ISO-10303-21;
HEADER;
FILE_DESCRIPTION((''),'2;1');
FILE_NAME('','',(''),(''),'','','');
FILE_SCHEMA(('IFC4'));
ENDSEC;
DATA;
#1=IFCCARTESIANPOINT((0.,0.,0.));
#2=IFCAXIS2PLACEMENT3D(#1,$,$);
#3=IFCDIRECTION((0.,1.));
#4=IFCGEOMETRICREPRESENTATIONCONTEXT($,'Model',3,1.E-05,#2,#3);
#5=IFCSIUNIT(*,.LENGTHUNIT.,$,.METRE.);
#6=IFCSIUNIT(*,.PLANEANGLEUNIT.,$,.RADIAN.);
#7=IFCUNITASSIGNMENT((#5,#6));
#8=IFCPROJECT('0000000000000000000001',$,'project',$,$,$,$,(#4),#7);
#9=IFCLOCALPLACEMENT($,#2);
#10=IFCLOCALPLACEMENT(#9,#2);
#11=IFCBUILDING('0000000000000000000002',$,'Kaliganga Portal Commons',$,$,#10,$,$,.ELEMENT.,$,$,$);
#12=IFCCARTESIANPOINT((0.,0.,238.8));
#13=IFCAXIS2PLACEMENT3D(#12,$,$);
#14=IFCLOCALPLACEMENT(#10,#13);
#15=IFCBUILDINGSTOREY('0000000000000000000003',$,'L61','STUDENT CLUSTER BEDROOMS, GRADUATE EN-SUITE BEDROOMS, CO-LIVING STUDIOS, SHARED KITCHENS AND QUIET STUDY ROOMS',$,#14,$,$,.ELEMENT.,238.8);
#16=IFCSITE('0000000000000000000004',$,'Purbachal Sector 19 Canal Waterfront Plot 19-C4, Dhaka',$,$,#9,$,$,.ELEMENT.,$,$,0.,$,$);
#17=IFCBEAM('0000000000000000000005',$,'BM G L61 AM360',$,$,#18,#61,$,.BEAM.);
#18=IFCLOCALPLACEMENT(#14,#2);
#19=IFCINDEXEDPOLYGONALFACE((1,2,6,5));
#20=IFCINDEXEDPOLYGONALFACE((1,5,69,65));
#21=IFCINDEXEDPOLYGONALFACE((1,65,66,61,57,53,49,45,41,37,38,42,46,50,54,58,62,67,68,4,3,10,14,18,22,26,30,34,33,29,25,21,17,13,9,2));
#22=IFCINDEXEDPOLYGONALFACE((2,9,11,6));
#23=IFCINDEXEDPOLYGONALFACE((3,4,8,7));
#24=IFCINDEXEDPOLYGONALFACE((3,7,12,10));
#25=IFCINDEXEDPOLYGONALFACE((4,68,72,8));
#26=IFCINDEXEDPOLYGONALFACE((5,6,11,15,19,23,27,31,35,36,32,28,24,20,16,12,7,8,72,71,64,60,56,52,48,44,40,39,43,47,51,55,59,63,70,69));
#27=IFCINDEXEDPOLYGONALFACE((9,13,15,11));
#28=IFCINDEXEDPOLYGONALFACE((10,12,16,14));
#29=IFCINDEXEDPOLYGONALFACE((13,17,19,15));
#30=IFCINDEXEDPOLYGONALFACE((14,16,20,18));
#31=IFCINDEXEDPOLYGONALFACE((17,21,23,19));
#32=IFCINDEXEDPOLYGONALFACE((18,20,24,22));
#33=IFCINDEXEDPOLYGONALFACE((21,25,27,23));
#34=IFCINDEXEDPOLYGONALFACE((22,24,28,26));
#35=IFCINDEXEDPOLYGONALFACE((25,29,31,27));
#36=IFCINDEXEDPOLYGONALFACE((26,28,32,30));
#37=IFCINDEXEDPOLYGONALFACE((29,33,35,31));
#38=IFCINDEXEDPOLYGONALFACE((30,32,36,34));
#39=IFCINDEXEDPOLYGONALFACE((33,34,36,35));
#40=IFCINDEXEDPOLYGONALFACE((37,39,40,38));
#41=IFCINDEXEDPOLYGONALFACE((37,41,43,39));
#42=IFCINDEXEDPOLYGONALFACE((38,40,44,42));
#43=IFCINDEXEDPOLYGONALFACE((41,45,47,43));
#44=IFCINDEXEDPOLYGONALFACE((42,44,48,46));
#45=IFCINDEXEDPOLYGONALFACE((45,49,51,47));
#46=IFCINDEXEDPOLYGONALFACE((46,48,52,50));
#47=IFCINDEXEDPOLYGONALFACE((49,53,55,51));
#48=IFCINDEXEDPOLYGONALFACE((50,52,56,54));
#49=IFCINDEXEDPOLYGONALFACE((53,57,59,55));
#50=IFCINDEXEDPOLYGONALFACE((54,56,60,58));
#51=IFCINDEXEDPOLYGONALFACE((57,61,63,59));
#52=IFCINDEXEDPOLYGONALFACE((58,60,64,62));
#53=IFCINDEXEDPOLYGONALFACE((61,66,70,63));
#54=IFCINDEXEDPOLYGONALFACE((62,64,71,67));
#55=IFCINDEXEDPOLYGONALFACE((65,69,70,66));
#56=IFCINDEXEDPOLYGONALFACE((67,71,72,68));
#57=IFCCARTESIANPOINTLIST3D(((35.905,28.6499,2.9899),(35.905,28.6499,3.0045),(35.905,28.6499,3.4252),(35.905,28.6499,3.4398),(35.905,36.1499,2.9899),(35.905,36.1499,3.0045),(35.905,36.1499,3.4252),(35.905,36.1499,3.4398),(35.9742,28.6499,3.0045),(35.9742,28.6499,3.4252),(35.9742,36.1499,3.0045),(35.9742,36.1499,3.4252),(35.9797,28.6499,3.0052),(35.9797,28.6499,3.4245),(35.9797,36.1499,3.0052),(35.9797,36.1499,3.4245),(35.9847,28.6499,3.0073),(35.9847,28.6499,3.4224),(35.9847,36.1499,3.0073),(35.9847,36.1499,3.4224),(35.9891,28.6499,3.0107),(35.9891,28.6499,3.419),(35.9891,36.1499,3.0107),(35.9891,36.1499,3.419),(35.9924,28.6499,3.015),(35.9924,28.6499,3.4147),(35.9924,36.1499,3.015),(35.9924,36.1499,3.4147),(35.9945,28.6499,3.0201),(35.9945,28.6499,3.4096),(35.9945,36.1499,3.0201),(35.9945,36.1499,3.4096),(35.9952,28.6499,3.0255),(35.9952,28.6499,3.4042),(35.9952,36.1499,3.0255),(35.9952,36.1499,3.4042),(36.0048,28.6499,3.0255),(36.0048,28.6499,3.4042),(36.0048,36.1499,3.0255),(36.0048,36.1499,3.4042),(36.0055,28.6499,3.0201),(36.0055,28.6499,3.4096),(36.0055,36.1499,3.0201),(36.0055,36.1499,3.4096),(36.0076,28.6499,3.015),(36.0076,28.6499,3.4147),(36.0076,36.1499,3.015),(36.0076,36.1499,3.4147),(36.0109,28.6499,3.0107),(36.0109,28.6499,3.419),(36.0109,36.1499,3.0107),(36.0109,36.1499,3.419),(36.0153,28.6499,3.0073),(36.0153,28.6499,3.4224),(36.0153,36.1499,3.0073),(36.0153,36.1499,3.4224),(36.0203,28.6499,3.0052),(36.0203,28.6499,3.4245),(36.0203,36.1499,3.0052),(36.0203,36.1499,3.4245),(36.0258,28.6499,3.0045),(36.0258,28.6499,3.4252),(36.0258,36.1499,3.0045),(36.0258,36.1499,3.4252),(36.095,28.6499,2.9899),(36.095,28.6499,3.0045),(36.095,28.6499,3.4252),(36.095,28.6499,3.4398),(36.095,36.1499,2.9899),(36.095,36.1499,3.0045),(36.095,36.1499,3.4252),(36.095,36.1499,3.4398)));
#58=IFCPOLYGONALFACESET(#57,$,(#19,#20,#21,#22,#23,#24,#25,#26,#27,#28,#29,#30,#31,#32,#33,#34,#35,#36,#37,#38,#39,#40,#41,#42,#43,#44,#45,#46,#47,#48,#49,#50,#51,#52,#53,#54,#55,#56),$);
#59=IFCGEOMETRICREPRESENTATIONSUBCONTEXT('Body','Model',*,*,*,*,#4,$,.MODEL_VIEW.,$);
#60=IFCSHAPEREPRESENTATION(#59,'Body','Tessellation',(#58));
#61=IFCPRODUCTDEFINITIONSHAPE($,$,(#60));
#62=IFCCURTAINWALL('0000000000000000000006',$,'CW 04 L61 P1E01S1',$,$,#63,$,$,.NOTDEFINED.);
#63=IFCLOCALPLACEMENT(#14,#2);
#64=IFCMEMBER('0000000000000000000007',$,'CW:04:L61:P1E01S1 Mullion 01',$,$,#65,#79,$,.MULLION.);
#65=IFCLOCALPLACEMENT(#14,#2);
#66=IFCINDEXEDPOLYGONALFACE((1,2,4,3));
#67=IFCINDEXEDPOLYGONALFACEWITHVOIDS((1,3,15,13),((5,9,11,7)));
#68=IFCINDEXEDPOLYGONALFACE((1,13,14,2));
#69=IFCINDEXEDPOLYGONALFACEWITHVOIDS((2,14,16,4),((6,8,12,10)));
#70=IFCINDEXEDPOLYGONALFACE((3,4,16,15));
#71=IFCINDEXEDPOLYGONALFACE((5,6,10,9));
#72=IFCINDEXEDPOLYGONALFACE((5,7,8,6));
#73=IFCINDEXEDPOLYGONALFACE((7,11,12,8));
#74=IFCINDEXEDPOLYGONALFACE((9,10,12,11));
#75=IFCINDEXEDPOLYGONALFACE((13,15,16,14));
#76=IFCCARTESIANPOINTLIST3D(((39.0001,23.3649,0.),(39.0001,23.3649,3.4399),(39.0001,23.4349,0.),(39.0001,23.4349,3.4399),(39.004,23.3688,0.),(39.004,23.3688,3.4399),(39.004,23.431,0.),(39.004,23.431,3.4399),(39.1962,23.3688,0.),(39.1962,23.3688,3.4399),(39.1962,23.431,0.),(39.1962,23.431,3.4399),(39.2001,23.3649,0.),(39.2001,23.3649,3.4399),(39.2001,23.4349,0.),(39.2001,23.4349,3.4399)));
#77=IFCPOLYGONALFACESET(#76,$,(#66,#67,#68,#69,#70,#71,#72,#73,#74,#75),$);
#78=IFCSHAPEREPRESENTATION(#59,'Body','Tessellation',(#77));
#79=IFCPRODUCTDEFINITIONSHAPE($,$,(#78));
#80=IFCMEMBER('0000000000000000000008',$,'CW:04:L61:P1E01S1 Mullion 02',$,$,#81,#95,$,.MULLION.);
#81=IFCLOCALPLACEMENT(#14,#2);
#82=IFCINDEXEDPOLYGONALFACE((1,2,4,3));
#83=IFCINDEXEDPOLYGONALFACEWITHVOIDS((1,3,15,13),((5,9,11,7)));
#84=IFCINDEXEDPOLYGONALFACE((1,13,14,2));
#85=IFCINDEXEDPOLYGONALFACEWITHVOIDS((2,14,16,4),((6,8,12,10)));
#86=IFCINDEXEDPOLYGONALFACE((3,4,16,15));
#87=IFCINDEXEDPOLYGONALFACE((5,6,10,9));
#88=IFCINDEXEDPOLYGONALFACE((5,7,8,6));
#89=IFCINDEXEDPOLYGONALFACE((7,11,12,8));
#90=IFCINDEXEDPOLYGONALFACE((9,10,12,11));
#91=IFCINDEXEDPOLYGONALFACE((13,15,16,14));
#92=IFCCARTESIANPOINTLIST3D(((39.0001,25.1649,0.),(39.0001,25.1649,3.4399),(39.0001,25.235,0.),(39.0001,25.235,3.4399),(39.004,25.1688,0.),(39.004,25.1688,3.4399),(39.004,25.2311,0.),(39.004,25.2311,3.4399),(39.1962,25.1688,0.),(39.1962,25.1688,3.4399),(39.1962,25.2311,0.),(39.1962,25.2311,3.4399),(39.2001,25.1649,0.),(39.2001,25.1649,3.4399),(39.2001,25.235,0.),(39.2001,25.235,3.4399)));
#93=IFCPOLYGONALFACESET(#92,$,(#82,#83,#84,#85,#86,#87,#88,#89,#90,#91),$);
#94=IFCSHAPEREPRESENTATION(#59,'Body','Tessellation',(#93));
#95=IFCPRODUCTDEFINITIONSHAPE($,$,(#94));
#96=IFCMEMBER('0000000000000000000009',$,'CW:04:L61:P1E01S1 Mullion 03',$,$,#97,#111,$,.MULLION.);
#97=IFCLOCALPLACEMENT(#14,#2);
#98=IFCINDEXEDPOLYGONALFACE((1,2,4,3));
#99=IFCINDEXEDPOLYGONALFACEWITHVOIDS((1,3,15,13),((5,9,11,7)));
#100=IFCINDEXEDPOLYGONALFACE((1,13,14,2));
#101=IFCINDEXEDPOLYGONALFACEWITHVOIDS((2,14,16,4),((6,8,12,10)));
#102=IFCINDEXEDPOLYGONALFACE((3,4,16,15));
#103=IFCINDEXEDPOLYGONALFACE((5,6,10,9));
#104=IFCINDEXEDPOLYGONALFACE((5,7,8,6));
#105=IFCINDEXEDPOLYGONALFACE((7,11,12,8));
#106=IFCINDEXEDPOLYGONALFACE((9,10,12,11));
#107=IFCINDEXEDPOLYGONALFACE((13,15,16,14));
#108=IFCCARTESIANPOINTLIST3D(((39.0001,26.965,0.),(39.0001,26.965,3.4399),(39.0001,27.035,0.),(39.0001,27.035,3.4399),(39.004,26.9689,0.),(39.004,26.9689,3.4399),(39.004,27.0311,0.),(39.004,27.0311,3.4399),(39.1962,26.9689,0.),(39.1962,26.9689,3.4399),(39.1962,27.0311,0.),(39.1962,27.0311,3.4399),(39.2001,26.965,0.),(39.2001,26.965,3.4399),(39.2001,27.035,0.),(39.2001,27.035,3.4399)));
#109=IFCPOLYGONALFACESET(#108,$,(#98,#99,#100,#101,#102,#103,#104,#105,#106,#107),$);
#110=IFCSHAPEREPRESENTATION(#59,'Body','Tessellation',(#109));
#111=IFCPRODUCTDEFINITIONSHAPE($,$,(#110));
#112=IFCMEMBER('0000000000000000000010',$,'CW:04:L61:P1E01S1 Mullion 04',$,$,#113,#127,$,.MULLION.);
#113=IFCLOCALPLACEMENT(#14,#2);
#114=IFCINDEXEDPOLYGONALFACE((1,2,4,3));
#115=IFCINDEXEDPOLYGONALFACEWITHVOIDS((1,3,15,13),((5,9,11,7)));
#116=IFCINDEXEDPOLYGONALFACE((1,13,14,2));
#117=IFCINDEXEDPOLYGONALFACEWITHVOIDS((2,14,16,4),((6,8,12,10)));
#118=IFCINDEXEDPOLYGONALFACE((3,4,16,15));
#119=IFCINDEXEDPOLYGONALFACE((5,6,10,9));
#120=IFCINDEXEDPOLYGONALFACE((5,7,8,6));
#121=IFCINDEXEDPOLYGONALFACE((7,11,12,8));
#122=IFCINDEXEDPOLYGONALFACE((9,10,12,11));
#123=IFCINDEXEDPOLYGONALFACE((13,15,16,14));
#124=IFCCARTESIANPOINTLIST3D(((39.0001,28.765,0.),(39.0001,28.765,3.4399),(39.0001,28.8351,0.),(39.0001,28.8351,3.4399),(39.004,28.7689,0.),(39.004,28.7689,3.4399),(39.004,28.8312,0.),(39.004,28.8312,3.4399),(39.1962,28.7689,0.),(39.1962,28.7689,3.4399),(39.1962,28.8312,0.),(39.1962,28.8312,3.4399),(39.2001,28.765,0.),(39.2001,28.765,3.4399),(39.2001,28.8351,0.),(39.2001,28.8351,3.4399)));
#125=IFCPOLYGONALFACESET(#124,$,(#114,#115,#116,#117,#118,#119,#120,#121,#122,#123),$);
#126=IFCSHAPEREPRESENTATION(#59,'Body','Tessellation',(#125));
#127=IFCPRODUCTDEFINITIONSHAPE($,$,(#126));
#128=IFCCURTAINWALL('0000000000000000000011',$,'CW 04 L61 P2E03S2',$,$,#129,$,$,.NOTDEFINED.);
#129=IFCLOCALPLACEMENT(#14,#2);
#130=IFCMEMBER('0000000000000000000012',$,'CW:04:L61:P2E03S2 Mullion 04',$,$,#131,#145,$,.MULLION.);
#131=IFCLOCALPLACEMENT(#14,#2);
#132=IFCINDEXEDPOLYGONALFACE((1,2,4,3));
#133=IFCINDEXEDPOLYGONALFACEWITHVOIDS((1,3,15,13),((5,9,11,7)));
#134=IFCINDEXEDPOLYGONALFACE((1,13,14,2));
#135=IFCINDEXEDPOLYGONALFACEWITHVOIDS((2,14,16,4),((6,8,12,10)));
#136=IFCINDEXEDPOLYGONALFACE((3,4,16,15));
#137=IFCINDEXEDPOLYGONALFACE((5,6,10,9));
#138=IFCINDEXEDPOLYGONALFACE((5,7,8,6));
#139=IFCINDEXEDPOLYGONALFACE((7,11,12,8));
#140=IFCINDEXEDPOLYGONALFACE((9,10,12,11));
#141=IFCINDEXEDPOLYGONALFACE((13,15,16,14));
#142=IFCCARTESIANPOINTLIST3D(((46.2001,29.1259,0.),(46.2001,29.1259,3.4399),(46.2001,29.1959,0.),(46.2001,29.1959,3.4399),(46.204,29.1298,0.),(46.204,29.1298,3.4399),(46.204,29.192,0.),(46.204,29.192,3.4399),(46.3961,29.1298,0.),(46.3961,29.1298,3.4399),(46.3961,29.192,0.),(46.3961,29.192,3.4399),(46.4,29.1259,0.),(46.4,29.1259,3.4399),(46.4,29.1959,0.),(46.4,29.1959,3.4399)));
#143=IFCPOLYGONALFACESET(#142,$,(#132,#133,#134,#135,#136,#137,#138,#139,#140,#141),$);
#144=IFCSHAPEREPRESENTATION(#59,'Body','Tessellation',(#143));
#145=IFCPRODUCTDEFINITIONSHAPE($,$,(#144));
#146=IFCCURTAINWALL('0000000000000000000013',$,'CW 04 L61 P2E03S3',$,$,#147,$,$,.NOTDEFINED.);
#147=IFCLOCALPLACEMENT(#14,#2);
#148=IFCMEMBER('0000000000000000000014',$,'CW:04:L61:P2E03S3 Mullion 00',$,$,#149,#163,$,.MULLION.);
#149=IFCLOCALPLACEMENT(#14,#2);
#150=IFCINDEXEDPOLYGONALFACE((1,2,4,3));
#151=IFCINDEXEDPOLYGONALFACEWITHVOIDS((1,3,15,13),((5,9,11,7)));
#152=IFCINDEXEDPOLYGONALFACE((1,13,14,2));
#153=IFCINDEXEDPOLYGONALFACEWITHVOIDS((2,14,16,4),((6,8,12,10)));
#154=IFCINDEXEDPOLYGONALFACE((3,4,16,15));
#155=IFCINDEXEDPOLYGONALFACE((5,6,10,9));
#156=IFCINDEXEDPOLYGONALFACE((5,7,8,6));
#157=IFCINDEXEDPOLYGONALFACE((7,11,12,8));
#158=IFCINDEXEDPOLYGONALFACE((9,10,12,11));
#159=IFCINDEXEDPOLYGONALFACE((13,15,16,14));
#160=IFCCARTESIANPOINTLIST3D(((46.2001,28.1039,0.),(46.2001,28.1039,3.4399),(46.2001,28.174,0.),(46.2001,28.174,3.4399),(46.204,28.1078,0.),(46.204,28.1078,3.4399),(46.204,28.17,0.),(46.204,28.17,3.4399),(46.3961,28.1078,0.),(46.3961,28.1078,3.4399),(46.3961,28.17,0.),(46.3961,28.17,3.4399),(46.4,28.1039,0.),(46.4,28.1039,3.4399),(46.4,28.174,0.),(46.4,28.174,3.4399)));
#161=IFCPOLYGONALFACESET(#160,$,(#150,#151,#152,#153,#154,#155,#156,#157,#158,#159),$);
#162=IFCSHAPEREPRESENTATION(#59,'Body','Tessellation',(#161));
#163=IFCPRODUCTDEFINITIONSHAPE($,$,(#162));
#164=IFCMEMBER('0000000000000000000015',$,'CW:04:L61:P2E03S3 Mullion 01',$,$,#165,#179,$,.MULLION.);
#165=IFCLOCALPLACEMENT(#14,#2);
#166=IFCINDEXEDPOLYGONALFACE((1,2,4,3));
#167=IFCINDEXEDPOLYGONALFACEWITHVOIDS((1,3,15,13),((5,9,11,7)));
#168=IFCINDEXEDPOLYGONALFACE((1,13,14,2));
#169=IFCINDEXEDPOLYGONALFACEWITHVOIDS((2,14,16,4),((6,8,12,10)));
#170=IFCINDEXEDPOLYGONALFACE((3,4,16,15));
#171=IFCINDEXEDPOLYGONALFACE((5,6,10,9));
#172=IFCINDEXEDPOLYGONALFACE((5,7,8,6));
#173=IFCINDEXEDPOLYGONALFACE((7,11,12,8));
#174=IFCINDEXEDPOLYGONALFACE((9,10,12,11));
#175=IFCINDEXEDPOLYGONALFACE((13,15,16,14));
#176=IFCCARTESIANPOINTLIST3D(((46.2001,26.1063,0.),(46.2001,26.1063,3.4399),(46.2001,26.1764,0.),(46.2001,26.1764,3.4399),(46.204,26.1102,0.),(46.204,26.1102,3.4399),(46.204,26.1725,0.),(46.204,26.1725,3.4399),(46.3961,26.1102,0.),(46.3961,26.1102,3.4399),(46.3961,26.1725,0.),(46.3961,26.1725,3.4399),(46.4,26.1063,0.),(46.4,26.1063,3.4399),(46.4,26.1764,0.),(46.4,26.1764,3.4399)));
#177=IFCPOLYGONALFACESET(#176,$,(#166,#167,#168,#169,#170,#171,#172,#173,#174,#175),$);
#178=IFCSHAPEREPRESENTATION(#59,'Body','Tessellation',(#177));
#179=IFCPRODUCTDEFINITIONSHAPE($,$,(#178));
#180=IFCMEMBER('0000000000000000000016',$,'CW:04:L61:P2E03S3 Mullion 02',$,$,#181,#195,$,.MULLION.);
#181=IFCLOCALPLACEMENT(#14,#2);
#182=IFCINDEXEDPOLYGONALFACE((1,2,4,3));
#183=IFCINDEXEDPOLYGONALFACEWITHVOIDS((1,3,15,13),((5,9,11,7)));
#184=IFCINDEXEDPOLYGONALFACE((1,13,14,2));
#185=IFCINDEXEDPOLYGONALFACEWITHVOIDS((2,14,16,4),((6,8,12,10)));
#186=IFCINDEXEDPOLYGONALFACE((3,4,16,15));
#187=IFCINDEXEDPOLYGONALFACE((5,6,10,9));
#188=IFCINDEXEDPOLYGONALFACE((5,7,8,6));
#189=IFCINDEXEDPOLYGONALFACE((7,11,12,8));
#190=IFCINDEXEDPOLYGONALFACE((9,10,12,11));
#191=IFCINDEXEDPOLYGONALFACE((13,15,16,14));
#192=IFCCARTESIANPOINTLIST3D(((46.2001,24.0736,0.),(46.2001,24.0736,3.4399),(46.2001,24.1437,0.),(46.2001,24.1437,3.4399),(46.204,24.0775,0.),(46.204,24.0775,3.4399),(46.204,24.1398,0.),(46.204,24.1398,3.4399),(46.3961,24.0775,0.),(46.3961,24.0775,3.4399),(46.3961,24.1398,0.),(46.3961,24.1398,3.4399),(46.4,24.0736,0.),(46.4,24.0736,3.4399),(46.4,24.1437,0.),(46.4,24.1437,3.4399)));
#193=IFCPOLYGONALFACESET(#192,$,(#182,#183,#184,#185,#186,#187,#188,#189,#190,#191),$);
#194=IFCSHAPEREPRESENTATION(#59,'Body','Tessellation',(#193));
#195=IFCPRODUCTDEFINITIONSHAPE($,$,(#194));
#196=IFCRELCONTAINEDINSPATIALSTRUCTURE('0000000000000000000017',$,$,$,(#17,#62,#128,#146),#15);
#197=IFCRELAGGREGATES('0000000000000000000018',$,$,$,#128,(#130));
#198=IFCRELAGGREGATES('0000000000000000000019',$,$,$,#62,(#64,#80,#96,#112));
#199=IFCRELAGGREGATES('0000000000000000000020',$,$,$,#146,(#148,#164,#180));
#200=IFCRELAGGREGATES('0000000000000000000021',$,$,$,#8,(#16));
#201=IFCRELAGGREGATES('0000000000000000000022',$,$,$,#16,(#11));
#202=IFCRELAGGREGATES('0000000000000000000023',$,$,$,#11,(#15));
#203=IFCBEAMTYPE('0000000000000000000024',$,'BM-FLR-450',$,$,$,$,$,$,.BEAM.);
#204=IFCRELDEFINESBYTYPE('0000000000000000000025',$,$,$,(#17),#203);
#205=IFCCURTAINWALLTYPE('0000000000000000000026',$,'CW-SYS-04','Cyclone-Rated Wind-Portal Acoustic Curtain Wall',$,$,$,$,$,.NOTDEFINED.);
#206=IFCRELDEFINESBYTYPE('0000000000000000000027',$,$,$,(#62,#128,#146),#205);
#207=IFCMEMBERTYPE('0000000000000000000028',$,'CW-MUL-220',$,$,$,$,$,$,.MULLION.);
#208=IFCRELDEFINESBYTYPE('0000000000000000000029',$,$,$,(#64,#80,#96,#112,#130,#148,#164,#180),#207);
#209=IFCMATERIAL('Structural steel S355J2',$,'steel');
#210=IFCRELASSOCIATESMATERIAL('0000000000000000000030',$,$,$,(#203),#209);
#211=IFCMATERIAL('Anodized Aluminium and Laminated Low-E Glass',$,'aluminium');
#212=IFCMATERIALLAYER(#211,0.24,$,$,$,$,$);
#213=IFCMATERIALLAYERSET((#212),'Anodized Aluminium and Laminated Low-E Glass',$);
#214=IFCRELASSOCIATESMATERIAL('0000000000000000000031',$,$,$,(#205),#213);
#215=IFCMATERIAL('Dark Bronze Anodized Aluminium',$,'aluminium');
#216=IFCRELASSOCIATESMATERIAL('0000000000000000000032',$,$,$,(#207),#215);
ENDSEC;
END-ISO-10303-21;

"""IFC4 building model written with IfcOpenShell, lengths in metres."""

from ifc_helpers import new_model, si_unit, direction, frame, origin, origin_2d, place, context, subcontext, project, spatial, hollow_rectangle, i_section, extrude, source, transform, mapped, material, layer, layer_set, material_profile, profile_set, type_object, element, aggregate, save


model = new_model("IFC4")

# Units and contexts
model_context = context("Model", 3, precision=1e-05, world=origin(), true_north=direction((0.0, 1.0)))
body_context = subcontext(model_context, "Body", "Model", "MODEL_VIEW")
ifc_project = project(units=[si_unit("LENGTHUNIT", "METRE"), si_unit("PLANEANGLEUNIT", "RADIAN")], contexts=[model_context])

# Site, building, storey
site_placement = place(None, origin())
site = spatial("IfcSite", under=ifc_project, at=site_placement, Name="Purbachal Sector 19 Canal Waterfront Plot 19-C4, Dhaka", CompositionType="ELEMENT", RefElevation=0.0)
building_placement = place(site_placement, origin())
building = spatial("IfcBuilding", under=site, at=building_placement, Name="Kaliganga Portal Commons", CompositionType="ELEMENT")
storey_placement = place(building_placement, frame((0.0, 0.0, 238.8)))
storey = spatial("IfcBuildingStorey", under=building, at=storey_placement, Name="L61", Description="STUDENT CLUSTER BEDROOMS, GRADUATE EN-SUITE BEDROOMS, CO-LIVING STUDIOS, SHARED KITCHENS AND QUIET STUDY ROOMS", CompositionType="ELEMENT", Elevation=238.8)

# Beam
ifc_material_1 = material(Name="Structural steel S355J2", Category="steel")
ifc_material_profile_1 = material_profile(ifc_material_1, i_section(OverallWidth=0.1899, OverallDepth=0.45, WebThickness=0.0095, FlangeThickness=0.0146, FilletRadius=0.021, at=origin_2d()), Name="IPE 450")
ifc_profile_set_1 = profile_set([ifc_material_profile_1], Name="Structural steel S355J2 wide-flange")
beam_type = type_object("IfcBeamType", Name="BM-FLR-450", PredefinedType="BEAM", material=ifc_profile_set_1)
shared_shape_1 = source(origin(), body_context, "Body", "SweptSolid", [
    extrude(i_section(OverallWidth=0.1899, OverallDepth=0.45, WebThickness=0.0095, FlangeThickness=0.0146, FilletRadius=0.021, at=origin_2d()), origin(), (0.0, 0.0, 1.0), 7.5),
])
beam_placement = place(storey_placement, frame((36.0, 28.6499, 3.2148), z_axis=(0.0, 1.0, 0.0), x_axis=(-1.0, 0.0, 0.0)))
element("IfcBeam", 1, at=beam_placement, inside=storey, type_object=beam_type, Name="BM G L61 AM360", PredefinedType="BEAM", context=body_context, shape_type="MappedRepresentation", body=[
    mapped(shared_shape_1, transform((0.0, 0.0, 0.0), x_axis=(1.0, 0.0, 0.0), y_axis=(0.0, 1.0, 0.0), z_axis=(0.0, 0.0, 1.0), scale=1.0)),
])

# Curtain wall, members
ifc_material_2 = material(Name="Anodized Aluminium and Laminated Low-E Glass", Category="aluminium")
ifc_layer_1 = layer(ifc_material_2, 0.24)
ifc_layer_set_1 = layer_set([ifc_layer_1], Name="Anodized Aluminium and Laminated Low-E Glass")
curtain_wall_type = type_object("IfcCurtainWallType", Name="CW-SYS-04", Description="Cyclone-Rated Wind-Portal Acoustic Curtain Wall", PredefinedType="NOTDEFINED", material=ifc_layer_set_1)
curtain_wall_1_placement = place(storey_placement, origin())
curtain_wall_1 = element("IfcCurtainWall", 2, at=curtain_wall_1_placement, inside=storey, type_object=curtain_wall_type, Name="CW 04 L61 P1E01S1", PredefinedType="NOTDEFINED")
ifc_material_3 = material(Name="Dark Bronze Anodized Aluminium", Category="aluminium")
ifc_material_profile_2 = material_profile(ifc_material_3, hollow_rectangle(XDim=0.0701, YDim=0.2, WallThickness=0.0039, at=origin_2d()), Name="ALU MULL 70x200x4")
ifc_profile_set_2 = profile_set([ifc_material_profile_2], Name="Dark Bronze Anodized Aluminium")
member_type_1 = type_object("IfcMemberType", Name="CW-MUL-220", PredefinedType="MULLION", material=ifc_profile_set_2)
shared_shape_2 = source(origin(), body_context, "Body", "SweptSolid", [
    extrude(hollow_rectangle(XDim=0.0701, YDim=0.2, WallThickness=0.0039, at=origin_2d()), origin(), (0.0, 0.0, 1.0), 3.4399),
])
member_1_placement = place(storey_placement, frame((39.1001, 23.3999, 0.0), z_axis=(0.0, 0.0, 1.0), x_axis=(0.0, 1.0, 0.0)))
member_1 = element("IfcMember", 3, at=member_1_placement, type_object=member_type_1, Name="CW:04:L61:P1E01S1 Mullion 01", PredefinedType="MULLION", context=body_context, shape_type="MappedRepresentation", body=[
    mapped(shared_shape_2, transform((0.0, 0.0, 0.0), x_axis=(1.0, 0.0, 0.0), y_axis=(0.0, 1.0, 0.0), z_axis=(0.0, 0.0, 1.0), scale=1.0)),
])
member_2_placement = place(storey_placement, frame((39.1001, 25.2, 0.0), z_axis=(0.0, 0.0, 1.0), x_axis=(0.0, 1.0, 0.0)))
member_2 = element("IfcMember", 4, at=member_2_placement, type_object=member_type_1, Name="CW:04:L61:P1E01S1 Mullion 02", PredefinedType="MULLION", context=body_context, shape_type="MappedRepresentation", body=[
    mapped(shared_shape_2, transform((0.0, 0.0, 0.0), x_axis=(1.0, 0.0, 0.0), y_axis=(0.0, 1.0, 0.0), z_axis=(0.0, 0.0, 1.0), scale=1.0)),
])
member_3_placement = place(storey_placement, frame((39.1001, 27.0, 0.0), z_axis=(0.0, 0.0, 1.0), x_axis=(0.0, 1.0, 0.0)))
member_3 = element("IfcMember", 5, at=member_3_placement, type_object=member_type_1, Name="CW:04:L61:P1E01S1 Mullion 03", PredefinedType="MULLION", context=body_context, shape_type="MappedRepresentation", body=[
    mapped(shared_shape_2, transform((0.0, 0.0, 0.0), x_axis=(1.0, 0.0, 0.0), y_axis=(0.0, 1.0, 0.0), z_axis=(0.0, 0.0, 1.0), scale=1.0)),
])
member_4_placement = place(storey_placement, frame((39.1001, 28.8, 0.0), z_axis=(0.0, 0.0, 1.0), x_axis=(0.0, 1.0, 0.0)))
member_4 = element("IfcMember", 6, at=member_4_placement, type_object=member_type_1, Name="CW:04:L61:P1E01S1 Mullion 04", PredefinedType="MULLION", context=body_context, shape_type="MappedRepresentation", body=[
    mapped(shared_shape_2, transform((0.0, 0.0, 0.0), x_axis=(1.0, 0.0, 0.0), y_axis=(0.0, 1.0, 0.0), z_axis=(0.0, 0.0, 1.0), scale=1.0)),
])

# Curtain wall, member
curtain_wall_2_placement = place(storey_placement, origin())
curtain_wall_2 = element("IfcCurtainWall", 7, at=curtain_wall_2_placement, inside=storey, type_object=curtain_wall_type, Name="CW 04 L61 P2E03S2", PredefinedType="NOTDEFINED")
member_5_placement = place(storey_placement, frame((46.3, 29.1609, 0.0), z_axis=(0.0, 0.0, 1.0), x_axis=(0.0, -1.0, 0.0)))
member_5 = element("IfcMember", 8, at=member_5_placement, type_object=member_type_1, Name="CW:04:L61:P2E03S2 Mullion 04", PredefinedType="MULLION", context=body_context, shape_type="MappedRepresentation", body=[
    mapped(shared_shape_2, transform((0.0, 0.0, 0.0), x_axis=(1.0, 0.0, 0.0), y_axis=(0.0, 1.0, 0.0), z_axis=(0.0, 0.0, 1.0), scale=1.0)),
])

# Curtain wall, members
curtain_wall_3_placement = place(storey_placement, origin())
curtain_wall_3 = element("IfcCurtainWall", 9, at=curtain_wall_3_placement, inside=storey, type_object=curtain_wall_type, Name="CW 04 L61 P2E03S3", PredefinedType="NOTDEFINED")
member_6_placement = place(storey_placement, frame((46.3, 28.1389, 0.0), z_axis=(0.0, 0.0, 1.0), x_axis=(0.0, -1.0, 0.0)))
member_6 = element("IfcMember", 10, at=member_6_placement, type_object=member_type_1, Name="CW:04:L61:P2E03S3 Mullion 00", PredefinedType="MULLION", context=body_context, shape_type="MappedRepresentation", body=[
    mapped(shared_shape_2, transform((0.0, 0.0, 0.0), x_axis=(1.0, 0.0, 0.0), y_axis=(0.0, 1.0, 0.0), z_axis=(0.0, 0.0, 1.0), scale=1.0)),
])
member_7_placement = place(storey_placement, frame((46.3, 26.1414, 0.0), z_axis=(0.0, 0.0, 1.0), x_axis=(0.0, -1.0, 0.0)))
member_7 = element("IfcMember", 11, at=member_7_placement, type_object=member_type_1, Name="CW:04:L61:P2E03S3 Mullion 01", PredefinedType="MULLION", context=body_context, shape_type="MappedRepresentation", body=[
    mapped(shared_shape_2, transform((0.0, 0.0, 0.0), x_axis=(1.0, 0.0, 0.0), y_axis=(0.0, 1.0, 0.0), z_axis=(0.0, 0.0, 1.0), scale=1.0)),
])
member_8_placement = place(storey_placement, frame((46.3, 24.1086, 0.0), z_axis=(0.0, 0.0, 1.0), x_axis=(0.0, -1.0, 0.0)))
member_8 = element("IfcMember", 12, at=member_8_placement, type_object=member_type_1, Name="CW:04:L61:P2E03S3 Mullion 02", PredefinedType="MULLION", context=body_context, shape_type="MappedRepresentation", body=[
    mapped(shared_shape_2, transform((0.0, 0.0, 0.0), x_axis=(1.0, 0.0, 0.0), y_axis=(0.0, 1.0, 0.0), z_axis=(0.0, 0.0, 1.0), scale=1.0)),
])

aggregate(curtain_wall_2, [member_5])
aggregate(curtain_wall_1, [member_1, member_2, member_3, member_4])
aggregate(curtain_wall_3, [member_6, member_7, member_8])

save(model, "model.ifc")
